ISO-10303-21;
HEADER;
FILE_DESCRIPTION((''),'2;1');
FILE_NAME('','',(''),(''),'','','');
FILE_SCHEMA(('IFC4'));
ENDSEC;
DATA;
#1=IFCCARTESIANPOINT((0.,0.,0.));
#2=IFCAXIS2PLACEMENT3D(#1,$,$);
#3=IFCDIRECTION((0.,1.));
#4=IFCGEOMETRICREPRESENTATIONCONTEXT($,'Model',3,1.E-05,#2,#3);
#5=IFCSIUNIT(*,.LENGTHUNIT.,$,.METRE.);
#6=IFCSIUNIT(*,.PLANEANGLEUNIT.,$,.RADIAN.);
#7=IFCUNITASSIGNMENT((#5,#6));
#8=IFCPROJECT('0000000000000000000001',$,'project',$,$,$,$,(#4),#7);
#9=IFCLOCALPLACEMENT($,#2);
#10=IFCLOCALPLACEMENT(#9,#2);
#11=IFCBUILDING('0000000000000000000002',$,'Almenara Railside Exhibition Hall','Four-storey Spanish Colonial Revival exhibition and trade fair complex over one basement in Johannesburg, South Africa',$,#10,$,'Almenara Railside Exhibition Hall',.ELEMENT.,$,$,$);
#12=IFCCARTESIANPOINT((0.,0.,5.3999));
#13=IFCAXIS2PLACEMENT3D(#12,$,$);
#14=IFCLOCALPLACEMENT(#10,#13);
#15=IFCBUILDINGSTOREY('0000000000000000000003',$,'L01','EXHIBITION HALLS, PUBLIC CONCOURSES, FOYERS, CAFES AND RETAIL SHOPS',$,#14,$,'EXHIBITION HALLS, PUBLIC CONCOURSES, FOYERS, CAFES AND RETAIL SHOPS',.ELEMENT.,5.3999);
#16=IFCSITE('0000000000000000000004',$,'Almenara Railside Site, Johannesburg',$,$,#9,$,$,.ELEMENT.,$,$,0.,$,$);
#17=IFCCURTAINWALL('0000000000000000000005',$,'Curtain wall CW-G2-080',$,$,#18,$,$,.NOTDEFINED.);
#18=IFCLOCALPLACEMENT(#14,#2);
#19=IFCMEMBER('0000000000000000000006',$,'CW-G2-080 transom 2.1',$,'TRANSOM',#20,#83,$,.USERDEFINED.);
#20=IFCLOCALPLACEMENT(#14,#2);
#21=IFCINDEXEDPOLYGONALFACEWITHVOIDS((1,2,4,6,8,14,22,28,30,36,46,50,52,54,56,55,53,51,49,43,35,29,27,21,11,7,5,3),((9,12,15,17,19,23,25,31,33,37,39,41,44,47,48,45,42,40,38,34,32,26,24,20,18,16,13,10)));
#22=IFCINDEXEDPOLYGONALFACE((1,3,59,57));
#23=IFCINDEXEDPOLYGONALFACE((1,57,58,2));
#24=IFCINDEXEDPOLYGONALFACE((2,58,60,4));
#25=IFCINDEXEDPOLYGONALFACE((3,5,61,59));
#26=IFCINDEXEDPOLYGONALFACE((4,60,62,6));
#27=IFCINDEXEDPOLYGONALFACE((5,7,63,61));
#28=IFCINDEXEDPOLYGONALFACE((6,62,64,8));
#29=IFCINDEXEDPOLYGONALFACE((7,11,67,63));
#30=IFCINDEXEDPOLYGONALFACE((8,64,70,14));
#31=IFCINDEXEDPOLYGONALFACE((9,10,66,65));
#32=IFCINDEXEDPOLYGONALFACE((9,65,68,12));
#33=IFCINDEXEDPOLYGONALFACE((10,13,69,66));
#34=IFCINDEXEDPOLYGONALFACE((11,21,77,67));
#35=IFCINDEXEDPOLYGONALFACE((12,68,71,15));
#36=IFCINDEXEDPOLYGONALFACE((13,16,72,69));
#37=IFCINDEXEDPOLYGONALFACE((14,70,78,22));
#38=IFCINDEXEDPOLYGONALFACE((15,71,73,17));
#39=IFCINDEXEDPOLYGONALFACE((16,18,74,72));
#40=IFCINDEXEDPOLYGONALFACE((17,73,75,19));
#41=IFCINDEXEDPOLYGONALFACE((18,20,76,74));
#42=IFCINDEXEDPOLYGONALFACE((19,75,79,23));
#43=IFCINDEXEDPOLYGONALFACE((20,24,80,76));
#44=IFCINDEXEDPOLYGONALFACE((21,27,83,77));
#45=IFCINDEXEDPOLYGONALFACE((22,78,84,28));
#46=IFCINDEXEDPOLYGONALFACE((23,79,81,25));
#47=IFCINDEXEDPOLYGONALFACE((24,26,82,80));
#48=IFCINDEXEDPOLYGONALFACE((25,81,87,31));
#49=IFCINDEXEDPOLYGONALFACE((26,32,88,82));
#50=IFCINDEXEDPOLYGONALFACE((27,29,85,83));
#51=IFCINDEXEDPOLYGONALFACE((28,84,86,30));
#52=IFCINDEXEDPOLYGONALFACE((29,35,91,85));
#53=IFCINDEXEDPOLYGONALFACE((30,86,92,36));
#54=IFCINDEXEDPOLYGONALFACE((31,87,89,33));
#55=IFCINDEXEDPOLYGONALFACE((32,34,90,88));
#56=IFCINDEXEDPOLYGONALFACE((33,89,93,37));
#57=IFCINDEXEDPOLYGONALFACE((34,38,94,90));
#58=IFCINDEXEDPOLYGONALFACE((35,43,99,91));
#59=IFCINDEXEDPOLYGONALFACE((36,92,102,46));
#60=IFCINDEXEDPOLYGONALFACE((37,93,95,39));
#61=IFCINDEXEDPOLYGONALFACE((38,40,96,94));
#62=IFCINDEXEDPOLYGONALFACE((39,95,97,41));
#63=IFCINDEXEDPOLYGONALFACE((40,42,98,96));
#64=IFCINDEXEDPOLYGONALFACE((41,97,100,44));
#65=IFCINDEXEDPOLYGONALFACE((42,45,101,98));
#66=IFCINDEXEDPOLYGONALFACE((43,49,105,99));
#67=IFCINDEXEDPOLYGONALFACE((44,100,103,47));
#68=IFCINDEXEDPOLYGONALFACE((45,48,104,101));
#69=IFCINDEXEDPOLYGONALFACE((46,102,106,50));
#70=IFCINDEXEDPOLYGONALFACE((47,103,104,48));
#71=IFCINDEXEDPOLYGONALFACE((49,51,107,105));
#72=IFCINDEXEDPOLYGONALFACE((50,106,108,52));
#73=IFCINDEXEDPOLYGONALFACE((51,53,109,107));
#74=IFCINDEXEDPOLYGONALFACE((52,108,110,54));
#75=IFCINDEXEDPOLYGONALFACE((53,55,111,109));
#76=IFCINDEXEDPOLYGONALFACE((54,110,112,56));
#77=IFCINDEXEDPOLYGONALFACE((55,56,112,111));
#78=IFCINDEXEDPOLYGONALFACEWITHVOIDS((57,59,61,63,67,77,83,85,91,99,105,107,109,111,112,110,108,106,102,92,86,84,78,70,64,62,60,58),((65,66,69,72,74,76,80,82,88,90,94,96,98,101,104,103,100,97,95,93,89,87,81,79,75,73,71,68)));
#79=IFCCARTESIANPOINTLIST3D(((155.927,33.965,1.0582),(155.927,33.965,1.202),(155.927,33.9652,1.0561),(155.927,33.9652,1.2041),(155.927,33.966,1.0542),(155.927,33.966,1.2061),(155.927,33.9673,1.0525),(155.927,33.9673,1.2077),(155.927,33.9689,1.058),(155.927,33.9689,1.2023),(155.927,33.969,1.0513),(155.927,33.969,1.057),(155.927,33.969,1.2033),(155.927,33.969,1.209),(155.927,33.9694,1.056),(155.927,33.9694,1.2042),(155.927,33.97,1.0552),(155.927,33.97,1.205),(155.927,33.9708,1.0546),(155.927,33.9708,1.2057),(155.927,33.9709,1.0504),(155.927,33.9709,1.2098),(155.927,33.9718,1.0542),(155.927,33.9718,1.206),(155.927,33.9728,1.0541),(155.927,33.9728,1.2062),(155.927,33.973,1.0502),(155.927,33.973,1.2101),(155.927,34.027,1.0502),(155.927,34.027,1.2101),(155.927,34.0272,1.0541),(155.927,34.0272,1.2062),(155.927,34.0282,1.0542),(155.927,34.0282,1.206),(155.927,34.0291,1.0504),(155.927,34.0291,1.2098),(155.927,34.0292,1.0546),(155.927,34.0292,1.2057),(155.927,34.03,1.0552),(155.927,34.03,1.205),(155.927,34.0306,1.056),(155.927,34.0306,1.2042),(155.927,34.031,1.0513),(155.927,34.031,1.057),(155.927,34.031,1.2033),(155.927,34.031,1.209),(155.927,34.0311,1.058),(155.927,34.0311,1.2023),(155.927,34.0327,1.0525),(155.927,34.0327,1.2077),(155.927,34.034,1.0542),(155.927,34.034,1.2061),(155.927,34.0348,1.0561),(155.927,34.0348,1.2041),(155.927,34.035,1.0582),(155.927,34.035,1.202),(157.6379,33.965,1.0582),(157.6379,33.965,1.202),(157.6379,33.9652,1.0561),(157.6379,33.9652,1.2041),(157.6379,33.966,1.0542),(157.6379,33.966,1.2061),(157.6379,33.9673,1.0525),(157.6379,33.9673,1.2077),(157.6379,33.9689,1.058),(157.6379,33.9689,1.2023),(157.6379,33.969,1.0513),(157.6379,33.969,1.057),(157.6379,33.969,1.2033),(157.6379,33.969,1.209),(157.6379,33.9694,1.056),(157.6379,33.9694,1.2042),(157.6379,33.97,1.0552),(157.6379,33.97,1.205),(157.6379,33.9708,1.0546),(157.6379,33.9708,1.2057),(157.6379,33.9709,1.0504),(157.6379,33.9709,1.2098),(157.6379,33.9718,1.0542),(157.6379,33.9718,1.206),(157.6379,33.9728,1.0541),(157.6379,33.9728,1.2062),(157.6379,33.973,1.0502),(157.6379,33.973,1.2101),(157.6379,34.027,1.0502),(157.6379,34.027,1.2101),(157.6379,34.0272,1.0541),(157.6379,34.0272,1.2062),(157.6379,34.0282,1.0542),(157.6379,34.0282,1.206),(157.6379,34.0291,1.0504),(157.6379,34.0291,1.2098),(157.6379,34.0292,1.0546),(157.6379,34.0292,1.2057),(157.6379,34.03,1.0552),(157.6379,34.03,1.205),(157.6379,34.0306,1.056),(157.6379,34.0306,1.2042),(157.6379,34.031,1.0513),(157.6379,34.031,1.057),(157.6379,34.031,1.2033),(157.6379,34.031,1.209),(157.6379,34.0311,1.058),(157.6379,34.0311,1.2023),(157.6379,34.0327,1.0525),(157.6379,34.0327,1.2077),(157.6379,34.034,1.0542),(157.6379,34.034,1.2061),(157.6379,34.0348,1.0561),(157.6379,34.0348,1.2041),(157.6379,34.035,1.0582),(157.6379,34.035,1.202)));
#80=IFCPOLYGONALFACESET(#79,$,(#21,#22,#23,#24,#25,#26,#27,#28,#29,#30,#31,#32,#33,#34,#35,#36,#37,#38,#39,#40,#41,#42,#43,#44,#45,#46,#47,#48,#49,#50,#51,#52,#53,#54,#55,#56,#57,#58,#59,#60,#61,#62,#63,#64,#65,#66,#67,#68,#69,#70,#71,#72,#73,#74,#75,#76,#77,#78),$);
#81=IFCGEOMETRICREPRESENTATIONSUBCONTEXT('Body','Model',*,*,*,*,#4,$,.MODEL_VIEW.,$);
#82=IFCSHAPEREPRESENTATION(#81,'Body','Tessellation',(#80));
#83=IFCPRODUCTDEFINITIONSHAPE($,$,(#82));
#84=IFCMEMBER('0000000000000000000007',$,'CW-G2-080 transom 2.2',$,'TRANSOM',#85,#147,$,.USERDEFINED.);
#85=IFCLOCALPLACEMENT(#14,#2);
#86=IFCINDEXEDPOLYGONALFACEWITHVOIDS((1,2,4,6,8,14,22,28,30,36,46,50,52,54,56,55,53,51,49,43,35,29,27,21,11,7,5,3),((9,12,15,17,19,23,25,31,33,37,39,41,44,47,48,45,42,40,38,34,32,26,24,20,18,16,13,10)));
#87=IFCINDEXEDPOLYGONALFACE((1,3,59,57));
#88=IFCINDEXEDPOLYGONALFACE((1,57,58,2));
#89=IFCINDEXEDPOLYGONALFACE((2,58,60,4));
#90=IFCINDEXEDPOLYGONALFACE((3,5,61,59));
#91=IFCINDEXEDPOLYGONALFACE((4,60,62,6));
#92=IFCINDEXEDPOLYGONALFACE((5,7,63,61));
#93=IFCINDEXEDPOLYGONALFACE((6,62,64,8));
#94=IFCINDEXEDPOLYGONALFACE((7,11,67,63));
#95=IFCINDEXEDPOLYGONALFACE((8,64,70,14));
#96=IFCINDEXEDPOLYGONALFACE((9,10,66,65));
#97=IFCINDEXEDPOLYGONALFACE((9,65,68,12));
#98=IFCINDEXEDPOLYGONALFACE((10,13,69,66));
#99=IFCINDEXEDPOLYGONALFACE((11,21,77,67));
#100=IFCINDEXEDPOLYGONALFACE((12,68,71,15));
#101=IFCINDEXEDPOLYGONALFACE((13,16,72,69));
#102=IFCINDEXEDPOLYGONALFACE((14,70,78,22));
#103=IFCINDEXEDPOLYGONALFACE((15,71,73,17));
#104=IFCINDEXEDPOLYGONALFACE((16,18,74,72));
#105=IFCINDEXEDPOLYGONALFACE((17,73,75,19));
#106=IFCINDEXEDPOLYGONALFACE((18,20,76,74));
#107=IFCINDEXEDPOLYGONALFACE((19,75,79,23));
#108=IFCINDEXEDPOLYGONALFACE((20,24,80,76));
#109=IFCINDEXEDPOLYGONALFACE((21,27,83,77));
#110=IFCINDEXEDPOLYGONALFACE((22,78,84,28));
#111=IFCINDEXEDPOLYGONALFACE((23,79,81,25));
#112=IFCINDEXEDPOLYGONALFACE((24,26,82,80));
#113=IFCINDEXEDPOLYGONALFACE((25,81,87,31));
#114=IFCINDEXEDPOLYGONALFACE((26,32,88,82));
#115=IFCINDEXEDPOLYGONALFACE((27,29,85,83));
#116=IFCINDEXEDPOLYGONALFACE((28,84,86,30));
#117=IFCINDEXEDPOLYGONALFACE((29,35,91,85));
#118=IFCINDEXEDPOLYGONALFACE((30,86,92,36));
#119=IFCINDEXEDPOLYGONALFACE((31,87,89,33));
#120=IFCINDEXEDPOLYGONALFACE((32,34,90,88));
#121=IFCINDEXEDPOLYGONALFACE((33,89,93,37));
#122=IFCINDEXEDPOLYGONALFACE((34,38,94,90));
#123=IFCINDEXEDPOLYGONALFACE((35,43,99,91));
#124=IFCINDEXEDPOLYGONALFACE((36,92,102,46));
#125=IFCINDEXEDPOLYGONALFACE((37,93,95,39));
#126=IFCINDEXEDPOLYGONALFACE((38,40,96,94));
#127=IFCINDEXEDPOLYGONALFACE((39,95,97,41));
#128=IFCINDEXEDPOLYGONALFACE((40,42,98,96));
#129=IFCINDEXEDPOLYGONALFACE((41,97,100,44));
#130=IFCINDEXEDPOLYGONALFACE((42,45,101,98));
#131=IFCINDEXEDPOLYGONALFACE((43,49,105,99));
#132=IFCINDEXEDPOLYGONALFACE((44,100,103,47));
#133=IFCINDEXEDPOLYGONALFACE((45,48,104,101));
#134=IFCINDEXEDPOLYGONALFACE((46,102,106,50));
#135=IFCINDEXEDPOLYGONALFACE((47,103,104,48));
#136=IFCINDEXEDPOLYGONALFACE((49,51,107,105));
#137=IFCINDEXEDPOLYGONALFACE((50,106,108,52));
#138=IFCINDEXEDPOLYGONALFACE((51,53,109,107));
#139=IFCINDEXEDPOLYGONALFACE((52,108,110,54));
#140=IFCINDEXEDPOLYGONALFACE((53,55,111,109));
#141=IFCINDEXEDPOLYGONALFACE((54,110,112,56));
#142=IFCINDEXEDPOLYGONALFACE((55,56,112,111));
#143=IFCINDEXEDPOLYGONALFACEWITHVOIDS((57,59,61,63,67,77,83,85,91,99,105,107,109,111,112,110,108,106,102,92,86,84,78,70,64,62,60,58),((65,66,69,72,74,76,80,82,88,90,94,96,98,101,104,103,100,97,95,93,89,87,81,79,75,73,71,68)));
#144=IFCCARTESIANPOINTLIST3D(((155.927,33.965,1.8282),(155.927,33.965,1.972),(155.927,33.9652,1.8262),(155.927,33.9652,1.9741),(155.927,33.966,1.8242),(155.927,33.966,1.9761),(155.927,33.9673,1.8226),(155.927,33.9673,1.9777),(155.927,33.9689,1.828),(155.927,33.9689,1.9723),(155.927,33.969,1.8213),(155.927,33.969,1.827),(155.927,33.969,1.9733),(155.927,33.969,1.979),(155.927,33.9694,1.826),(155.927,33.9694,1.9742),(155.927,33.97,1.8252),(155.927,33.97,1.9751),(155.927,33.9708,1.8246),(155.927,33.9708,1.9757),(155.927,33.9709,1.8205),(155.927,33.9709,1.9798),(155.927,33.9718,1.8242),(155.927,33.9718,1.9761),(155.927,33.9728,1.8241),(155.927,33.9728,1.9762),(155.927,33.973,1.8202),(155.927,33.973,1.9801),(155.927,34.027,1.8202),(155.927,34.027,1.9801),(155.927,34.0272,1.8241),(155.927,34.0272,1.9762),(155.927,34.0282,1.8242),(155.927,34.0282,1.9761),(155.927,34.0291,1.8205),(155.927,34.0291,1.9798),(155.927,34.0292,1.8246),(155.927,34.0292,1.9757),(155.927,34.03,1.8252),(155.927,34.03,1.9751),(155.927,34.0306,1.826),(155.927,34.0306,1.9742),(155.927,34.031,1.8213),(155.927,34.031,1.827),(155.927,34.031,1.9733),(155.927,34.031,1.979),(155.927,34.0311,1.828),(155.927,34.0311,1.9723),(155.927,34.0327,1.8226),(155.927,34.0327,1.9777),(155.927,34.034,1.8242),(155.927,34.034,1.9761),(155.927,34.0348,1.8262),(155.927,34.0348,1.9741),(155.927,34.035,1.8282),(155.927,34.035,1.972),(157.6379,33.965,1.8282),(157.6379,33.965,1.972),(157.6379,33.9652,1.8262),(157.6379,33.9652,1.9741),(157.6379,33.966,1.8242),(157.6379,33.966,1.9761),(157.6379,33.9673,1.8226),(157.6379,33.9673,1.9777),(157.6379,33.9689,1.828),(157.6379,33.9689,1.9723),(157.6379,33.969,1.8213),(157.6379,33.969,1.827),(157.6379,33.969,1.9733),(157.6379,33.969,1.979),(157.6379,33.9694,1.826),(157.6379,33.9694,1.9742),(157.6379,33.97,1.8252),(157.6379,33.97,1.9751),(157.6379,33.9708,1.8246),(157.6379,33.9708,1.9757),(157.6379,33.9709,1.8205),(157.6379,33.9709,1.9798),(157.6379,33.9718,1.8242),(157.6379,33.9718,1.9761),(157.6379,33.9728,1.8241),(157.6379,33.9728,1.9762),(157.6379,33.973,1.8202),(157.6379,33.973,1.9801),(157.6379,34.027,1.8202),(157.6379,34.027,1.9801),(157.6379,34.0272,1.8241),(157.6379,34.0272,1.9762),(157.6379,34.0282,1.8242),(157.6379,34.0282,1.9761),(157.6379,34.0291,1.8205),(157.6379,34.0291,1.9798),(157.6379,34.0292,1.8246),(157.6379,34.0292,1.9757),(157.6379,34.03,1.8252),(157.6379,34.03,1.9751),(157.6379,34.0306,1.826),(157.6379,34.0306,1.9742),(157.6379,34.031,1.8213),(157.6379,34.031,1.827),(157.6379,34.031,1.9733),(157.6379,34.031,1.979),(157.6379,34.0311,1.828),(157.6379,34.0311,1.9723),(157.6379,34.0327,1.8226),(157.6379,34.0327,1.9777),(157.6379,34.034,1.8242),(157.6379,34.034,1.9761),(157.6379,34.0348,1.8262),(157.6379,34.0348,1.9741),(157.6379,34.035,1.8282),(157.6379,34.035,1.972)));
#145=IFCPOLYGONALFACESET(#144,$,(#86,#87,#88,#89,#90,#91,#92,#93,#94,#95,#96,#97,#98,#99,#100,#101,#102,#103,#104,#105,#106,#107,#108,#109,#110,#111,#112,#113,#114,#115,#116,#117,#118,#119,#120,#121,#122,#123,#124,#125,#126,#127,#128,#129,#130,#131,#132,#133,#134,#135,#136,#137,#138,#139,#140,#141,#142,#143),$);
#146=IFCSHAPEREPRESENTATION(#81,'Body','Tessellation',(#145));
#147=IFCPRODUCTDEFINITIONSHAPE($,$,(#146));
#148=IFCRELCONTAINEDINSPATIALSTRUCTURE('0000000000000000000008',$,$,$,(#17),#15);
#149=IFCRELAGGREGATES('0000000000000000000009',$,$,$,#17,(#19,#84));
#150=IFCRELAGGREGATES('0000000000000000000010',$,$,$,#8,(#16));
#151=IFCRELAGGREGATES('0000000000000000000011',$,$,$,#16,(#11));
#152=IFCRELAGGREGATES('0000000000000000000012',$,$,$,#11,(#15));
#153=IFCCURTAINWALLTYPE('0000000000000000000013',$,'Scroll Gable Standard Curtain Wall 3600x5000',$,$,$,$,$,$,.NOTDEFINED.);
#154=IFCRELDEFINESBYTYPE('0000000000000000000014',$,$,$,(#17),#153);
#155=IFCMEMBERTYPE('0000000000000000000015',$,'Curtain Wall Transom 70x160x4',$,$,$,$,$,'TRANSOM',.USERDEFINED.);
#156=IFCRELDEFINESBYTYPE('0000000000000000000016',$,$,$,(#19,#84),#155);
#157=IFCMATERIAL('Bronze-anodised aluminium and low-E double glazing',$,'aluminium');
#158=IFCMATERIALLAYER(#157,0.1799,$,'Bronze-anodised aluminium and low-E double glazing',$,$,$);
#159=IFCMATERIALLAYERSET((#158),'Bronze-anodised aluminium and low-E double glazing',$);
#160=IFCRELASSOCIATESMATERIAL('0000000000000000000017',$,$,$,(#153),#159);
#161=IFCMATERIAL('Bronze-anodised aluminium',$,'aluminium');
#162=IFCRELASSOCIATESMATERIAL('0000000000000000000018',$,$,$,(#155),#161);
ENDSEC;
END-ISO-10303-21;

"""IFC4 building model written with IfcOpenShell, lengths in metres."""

from ifc_helpers import new_model, si_unit, direction, frame, origin, origin_2d, place, context, subcontext, project, spatial, hollow_rectangle, extrude, material, layer, layer_set, material_profile, profile_set, type_object, element, aggregate, save


model = new_model("IFC4")

# Units and contexts
model_context = context("Model", 3, precision=1e-05, world=origin(), true_north=direction((0.0, 1.0)))
body_context = subcontext(model_context, "Body", "Model", "MODEL_VIEW")
ifc_project = project(units=[si_unit("LENGTHUNIT", "METRE"), si_unit("PLANEANGLEUNIT", "RADIAN")], contexts=[model_context])

# Site, building, storey
site_placement = place(None, origin())
site = spatial("IfcSite", under=ifc_project, at=site_placement, Name="Almenara Railside Site, Johannesburg", CompositionType="ELEMENT", RefElevation=0.0)
building_placement = place(site_placement, origin())
building = spatial("IfcBuilding", under=site, at=building_placement, Name="Almenara Railside Exhibition Hall", Description="Four-storey Spanish Colonial Revival exhibition and trade fair complex over one basement in Johannesburg, South Africa", LongName="Almenara Railside Exhibition Hall", CompositionType="ELEMENT")
storey_placement = place(building_placement, frame((0.0, 0.0, 5.3999)))
storey = spatial("IfcBuildingStorey", under=building, at=storey_placement, Name="L01", Description="EXHIBITION HALLS, PUBLIC CONCOURSES, FOYERS, CAFES AND RETAIL SHOPS", LongName="EXHIBITION HALLS, PUBLIC CONCOURSES, FOYERS, CAFES AND RETAIL SHOPS", CompositionType="ELEMENT", Elevation=5.3999)

# Curtain wall
ifc_material_1 = material(Name="Bronze-anodised aluminium and low-E double glazing", Category="aluminium")
ifc_material_2 = material(Name="Bronze-anodised aluminium", Category="aluminium")
ifc_layer_1 = layer(ifc_material_1, 0.1799, Name="Bronze-anodised aluminium and low-E double glazing")
ifc_layer_set_1 = layer_set([ifc_layer_1], Name="Bronze-anodised aluminium and low-E double glazing")
curtain_wall_type_1 = type_object("IfcCurtainWallType", Name="Scroll Gable Standard Curtain Wall 3600x5000", PredefinedType="NOTDEFINED", material=ifc_layer_set_1)
curtain_wall_1_placement = place(storey_placement, origin())
curtain_wall_1 = element("IfcCurtainWall", 1, at=curtain_wall_1_placement, inside=storey, type_object=curtain_wall_type_1, Name="Curtain wall CW-G2-080", PredefinedType="NOTDEFINED")

# Members
ifc_material_profile_1 = material_profile(ifc_material_2, hollow_rectangle(XDim=0.0701, YDim=0.1599, WallThickness=0.0039, InnerFilletRadius=0.0039, OuterFilletRadius=0.0081, at=origin_2d()), Name="ALU-TRN 70x160x4")
ifc_profile_set_1 = profile_set([ifc_material_profile_1], Name="Bronze-anodised aluminium")
member_type_1 = type_object("IfcMemberType", Name="Curtain Wall Transom 70x160x4", ElementType="TRANSOM", PredefinedType="USERDEFINED", material=ifc_profile_set_1)
member_1_placement = place(storey_placement, frame((155.927, 34.0, 1.1301), z_axis=(1.0, 0.0, 0.0), x_axis=(0.0, 1.0, 0.0)))
member_1 = element("IfcMember", 2, at=member_1_placement, type_object=member_type_1, Name="CW-G2-080 transom 2.1", ObjectType="TRANSOM", PredefinedType="USERDEFINED", context=body_context, shape_type="SweptSolid", body=[
    extrude(hollow_rectangle(XDim=0.0701, YDim=0.1599, WallThickness=0.0039, InnerFilletRadius=0.0039, OuterFilletRadius=0.0081, at=origin_2d()), origin(), (0.0, 0.0, 1.0), 1.7109),
])
member_2_placement = place(storey_placement, frame((155.927, 34.0, 1.9001), z_axis=(1.0, 0.0, 0.0), x_axis=(0.0, 1.0, 0.0)))
member_2 = element("IfcMember", 3, at=member_2_placement, type_object=member_type_1, Name="CW-G2-080 transom 2.2", ObjectType="TRANSOM", PredefinedType="USERDEFINED", context=body_context, shape_type="SweptSolid", body=[
    extrude(hollow_rectangle(XDim=0.0701, YDim=0.1599, WallThickness=0.0039, InnerFilletRadius=0.0039, OuterFilletRadius=0.0081, at=origin_2d()), origin(), (0.0, 0.0, 1.0), 1.7109),
])

aggregate(curtain_wall_1, [member_1, member_2])

save(model, "model.ifc")
